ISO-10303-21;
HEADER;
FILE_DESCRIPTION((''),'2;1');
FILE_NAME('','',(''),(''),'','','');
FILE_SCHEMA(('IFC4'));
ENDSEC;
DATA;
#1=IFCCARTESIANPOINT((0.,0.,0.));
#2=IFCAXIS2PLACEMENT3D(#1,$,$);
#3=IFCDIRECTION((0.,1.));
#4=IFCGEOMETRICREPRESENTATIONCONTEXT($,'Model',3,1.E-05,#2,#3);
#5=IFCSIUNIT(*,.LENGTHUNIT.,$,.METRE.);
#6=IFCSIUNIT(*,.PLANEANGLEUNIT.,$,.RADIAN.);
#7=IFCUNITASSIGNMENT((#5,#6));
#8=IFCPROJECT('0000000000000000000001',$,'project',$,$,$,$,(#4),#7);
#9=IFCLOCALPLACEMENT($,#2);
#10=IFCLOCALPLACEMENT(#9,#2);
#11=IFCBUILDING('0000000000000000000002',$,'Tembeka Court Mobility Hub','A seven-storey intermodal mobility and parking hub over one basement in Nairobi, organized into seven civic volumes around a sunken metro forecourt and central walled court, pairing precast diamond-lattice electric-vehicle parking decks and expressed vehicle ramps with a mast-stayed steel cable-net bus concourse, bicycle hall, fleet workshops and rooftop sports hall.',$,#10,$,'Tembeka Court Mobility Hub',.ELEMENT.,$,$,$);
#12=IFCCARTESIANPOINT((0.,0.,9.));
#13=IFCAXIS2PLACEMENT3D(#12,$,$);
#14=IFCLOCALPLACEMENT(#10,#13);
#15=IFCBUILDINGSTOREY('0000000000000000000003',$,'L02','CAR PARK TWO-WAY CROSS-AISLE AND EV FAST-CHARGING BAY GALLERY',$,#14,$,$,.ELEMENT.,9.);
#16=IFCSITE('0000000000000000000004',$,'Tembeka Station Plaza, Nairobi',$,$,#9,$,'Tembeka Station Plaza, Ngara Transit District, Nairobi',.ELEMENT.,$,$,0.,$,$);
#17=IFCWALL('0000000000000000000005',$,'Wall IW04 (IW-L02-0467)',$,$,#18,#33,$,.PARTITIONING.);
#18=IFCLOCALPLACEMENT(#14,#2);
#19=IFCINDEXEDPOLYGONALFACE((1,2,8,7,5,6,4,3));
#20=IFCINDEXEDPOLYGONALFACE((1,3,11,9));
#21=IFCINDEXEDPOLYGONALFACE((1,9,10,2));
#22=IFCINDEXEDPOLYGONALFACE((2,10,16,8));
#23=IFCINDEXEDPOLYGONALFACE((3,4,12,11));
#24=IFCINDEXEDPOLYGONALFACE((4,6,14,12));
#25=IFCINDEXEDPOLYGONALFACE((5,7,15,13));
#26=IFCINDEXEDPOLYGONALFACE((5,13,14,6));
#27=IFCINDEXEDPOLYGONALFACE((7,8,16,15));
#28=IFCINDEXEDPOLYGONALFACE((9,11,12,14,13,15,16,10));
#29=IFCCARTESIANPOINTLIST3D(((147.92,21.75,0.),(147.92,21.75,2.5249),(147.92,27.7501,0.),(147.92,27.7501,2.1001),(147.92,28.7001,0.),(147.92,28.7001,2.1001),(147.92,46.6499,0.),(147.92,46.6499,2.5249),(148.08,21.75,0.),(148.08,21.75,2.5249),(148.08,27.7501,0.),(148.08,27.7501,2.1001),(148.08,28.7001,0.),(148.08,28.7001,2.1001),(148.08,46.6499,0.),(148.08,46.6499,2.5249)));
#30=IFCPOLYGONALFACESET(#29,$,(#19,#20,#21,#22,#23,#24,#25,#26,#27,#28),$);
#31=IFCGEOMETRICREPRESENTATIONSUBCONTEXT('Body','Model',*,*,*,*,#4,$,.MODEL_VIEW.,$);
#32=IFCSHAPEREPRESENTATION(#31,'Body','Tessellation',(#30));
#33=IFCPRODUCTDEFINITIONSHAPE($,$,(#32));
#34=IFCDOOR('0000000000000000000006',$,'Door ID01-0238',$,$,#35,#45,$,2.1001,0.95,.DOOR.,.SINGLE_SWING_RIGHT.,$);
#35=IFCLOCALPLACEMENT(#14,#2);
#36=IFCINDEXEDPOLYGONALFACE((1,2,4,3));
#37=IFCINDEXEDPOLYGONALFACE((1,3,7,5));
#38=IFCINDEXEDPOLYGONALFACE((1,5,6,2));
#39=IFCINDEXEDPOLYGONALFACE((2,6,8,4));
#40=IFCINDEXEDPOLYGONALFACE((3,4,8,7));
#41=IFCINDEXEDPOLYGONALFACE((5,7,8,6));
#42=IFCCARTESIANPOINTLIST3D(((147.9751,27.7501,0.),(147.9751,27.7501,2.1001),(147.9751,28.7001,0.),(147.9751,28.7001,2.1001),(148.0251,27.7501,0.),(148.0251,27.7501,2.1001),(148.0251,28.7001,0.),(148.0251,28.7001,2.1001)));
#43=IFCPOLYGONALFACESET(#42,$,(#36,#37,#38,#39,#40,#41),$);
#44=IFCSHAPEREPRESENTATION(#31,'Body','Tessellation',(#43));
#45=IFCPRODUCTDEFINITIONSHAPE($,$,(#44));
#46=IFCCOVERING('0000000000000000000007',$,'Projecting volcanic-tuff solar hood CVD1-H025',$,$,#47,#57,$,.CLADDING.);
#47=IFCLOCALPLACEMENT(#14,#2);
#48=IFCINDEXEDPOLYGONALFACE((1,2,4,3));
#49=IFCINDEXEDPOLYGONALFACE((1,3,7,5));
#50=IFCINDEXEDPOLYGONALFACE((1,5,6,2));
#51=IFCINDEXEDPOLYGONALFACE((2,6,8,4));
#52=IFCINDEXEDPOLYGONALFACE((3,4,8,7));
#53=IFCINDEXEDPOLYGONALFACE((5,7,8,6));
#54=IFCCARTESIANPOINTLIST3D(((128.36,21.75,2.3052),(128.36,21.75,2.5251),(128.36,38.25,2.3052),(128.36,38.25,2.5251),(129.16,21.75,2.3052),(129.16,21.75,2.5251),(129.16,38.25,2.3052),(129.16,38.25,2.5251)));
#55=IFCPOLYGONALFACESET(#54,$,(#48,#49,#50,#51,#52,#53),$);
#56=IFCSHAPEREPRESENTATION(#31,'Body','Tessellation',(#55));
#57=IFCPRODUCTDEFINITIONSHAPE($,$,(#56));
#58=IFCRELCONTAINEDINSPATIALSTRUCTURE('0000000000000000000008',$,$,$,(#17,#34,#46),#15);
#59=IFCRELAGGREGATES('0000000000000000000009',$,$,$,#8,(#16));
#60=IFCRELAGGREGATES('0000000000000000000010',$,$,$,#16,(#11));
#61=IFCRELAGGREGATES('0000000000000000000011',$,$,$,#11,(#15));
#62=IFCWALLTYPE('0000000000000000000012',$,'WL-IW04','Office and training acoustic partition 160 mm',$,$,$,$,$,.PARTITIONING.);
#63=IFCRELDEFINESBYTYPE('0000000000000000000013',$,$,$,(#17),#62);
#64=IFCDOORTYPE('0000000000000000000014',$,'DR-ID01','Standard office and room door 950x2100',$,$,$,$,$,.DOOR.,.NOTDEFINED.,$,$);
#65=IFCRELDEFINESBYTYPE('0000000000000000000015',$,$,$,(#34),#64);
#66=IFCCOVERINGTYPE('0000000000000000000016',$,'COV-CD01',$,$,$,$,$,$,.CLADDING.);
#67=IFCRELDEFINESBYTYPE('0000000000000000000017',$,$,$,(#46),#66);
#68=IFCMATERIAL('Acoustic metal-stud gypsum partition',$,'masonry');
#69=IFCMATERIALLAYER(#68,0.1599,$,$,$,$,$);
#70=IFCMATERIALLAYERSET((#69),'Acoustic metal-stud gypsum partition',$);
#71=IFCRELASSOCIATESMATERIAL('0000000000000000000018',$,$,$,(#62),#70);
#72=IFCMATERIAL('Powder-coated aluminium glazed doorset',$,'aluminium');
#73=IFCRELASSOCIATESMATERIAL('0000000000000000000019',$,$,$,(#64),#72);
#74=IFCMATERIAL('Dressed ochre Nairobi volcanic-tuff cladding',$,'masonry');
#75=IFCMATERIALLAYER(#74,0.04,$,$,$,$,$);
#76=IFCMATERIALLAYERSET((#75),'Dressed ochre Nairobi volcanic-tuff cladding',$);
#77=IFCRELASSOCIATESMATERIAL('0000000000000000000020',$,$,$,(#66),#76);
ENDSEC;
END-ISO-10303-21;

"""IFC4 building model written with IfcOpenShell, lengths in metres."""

from ifc_helpers import new_model, si_unit, direction, frame, frame_2d, origin, origin_2d, place, context, subcontext, project, spatial, rectangle, extrude, material, layer, layer_set, type_object, element, fill, save


model = new_model("IFC4")

# Units and contexts
model_context = context("Model", 3, precision=1e-05, world=origin(), true_north=direction((0.0, 1.0)))
body_context = subcontext(model_context, "Body", "Model", "MODEL_VIEW")
ifc_project = project(units=[si_unit("LENGTHUNIT", "METRE"), si_unit("PLANEANGLEUNIT", "RADIAN")], contexts=[model_context])

# Site, building, storey
site_placement = place(None, origin())
site = spatial("IfcSite", under=ifc_project, at=site_placement, Name="Tembeka Station Plaza, Nairobi", LongName="Tembeka Station Plaza, Ngara Transit District, Nairobi", CompositionType="ELEMENT", RefElevation=0.0)
building_placement = place(site_placement, origin())
building = spatial("IfcBuilding", under=site, at=building_placement, Name="Tembeka Court Mobility Hub", Description="A seven-storey intermodal mobility and parking hub over one basement in Nairobi, organized into seven civic volumes around a sunken metro forecourt and central walled court, pairing precast diamond-lattice electric-vehicle parking decks and expressed vehicle ramps with a mast-stayed steel cable-net bus concourse, bicycle hall, fleet workshops and rooftop sports hall.", LongName="Tembeka Court Mobility Hub", CompositionType="ELEMENT")
storey_placement = place(building_placement, frame((0.0, 0.0, 9.0)))
storey = spatial("IfcBuildingStorey", under=building, at=storey_placement, Name="L02", Description="CAR PARK TWO-WAY CROSS-AISLE AND EV FAST-CHARGING BAY GALLERY", CompositionType="ELEMENT", Elevation=9.0)

# Wall, opening, door
ifc_material_1 = material(Name="Powder-coated aluminium glazed doorset", Category="aluminium")
ifc_material_2 = material(Name="Acoustic metal-stud gypsum partition", Category="masonry")
ifc_layer_1 = layer(ifc_material_2, 0.1599)
ifc_layer_set_1 = layer_set([ifc_layer_1], Name="Acoustic metal-stud gypsum partition")
wall_type_1 = type_object("IfcWallType", Name="WL-IW04", Description="Office and training acoustic partition 160 mm", PredefinedType="PARTITIONING", material=ifc_layer_set_1)
wall_1_placement = place(storey_placement, frame((148.0, 21.75, 0.0), z_axis=(0.0, 0.0, 1.0), x_axis=(0.0, 1.0, 0.0)))
wall_1 = element("IfcWall", 1, at=wall_1_placement, inside=storey, type_object=wall_type_1, Name="Wall IW04 (IW-L02-0467)", PredefinedType="PARTITIONING", context=body_context, shape_type="SweptSolid", body=[
    extrude(rectangle(XDim=24.8999, YDim=0.1599, at=frame_2d((12.45, 0.0))), origin(), (0.0, 0.0, 1.0), 2.5249),
])
opening_1_placement = place(wall_1_placement, frame((6.0, 0.0, 0.0)))
opening_1 = element("IfcOpeningElement", 2, at=opening_1_placement, cuts=wall_1, PredefinedType="OPENING", context=body_context, shape_type="SweptSolid", body=[
    extrude(rectangle(XDim=0.95, YDim=2.1001, at=frame_2d((0.4751, 1.05))), frame((0.0, 0.0898, 0.0), z_axis=(0.0, -1.0, 0.0), x_axis=(1.0, 0.0, 0.0)), (0.0, 0.0, 1.0), 0.1799),
])
door_type_1 = type_object("IfcDoorType", Name="DR-ID01", Description="Standard office and room door 950x2100", OperationType="NOTDEFINED", PredefinedType="DOOR", material=ifc_material_1)
door_1_placement = place(opening_1_placement, origin())
door_1 = element("IfcDoor", 3, at=door_1_placement, inside=storey, type_object=door_type_1, Name="Door ID01-0238", OperationType="SINGLE_SWING_RIGHT", OverallHeight=2.1001, OverallWidth=0.95, PredefinedType="DOOR", context=body_context, shape_type="SweptSolid", body=[
    extrude(rectangle(XDim=0.95, YDim=2.1001, at=frame_2d((0.4751, 1.05))), frame((0.0, 0.0249, 0.0), z_axis=(0.0, -1.0, 0.0), x_axis=(1.0, 0.0, 0.0)), (0.0, 0.0, 1.0), 0.05),
])
fill(opening_1, door_1)

# Covering
ifc_material_3 = material(Name="Dressed ochre Nairobi volcanic-tuff cladding", Category="masonry")
ifc_layer_2 = layer(ifc_material_3, 0.04)
ifc_layer_set_2 = layer_set([ifc_layer_2], Name="Dressed ochre Nairobi volcanic-tuff cladding")
covering_type = type_object("IfcCoveringType", Name="COV-CD01", PredefinedType="CLADDING", material=ifc_layer_set_2)
covering_placement = place(storey_placement, frame((128.76, 30.0, 2.3052), z_axis=(0.0, 0.0, 1.0), x_axis=(0.0, 1.0, 0.0)))
element("IfcCovering", 4, at=covering_placement, inside=storey, type_object=covering_type, Name="Projecting volcanic-tuff solar hood CVD1-H025", PredefinedType="CLADDING", context=body_context, shape_type="SweptSolid", body=[
    extrude(rectangle(XDim=16.5, YDim=0.8, at=origin_2d()), origin(), (0.0, 0.0, 1.0), 0.22),
])

save(model, "model.ifc")
